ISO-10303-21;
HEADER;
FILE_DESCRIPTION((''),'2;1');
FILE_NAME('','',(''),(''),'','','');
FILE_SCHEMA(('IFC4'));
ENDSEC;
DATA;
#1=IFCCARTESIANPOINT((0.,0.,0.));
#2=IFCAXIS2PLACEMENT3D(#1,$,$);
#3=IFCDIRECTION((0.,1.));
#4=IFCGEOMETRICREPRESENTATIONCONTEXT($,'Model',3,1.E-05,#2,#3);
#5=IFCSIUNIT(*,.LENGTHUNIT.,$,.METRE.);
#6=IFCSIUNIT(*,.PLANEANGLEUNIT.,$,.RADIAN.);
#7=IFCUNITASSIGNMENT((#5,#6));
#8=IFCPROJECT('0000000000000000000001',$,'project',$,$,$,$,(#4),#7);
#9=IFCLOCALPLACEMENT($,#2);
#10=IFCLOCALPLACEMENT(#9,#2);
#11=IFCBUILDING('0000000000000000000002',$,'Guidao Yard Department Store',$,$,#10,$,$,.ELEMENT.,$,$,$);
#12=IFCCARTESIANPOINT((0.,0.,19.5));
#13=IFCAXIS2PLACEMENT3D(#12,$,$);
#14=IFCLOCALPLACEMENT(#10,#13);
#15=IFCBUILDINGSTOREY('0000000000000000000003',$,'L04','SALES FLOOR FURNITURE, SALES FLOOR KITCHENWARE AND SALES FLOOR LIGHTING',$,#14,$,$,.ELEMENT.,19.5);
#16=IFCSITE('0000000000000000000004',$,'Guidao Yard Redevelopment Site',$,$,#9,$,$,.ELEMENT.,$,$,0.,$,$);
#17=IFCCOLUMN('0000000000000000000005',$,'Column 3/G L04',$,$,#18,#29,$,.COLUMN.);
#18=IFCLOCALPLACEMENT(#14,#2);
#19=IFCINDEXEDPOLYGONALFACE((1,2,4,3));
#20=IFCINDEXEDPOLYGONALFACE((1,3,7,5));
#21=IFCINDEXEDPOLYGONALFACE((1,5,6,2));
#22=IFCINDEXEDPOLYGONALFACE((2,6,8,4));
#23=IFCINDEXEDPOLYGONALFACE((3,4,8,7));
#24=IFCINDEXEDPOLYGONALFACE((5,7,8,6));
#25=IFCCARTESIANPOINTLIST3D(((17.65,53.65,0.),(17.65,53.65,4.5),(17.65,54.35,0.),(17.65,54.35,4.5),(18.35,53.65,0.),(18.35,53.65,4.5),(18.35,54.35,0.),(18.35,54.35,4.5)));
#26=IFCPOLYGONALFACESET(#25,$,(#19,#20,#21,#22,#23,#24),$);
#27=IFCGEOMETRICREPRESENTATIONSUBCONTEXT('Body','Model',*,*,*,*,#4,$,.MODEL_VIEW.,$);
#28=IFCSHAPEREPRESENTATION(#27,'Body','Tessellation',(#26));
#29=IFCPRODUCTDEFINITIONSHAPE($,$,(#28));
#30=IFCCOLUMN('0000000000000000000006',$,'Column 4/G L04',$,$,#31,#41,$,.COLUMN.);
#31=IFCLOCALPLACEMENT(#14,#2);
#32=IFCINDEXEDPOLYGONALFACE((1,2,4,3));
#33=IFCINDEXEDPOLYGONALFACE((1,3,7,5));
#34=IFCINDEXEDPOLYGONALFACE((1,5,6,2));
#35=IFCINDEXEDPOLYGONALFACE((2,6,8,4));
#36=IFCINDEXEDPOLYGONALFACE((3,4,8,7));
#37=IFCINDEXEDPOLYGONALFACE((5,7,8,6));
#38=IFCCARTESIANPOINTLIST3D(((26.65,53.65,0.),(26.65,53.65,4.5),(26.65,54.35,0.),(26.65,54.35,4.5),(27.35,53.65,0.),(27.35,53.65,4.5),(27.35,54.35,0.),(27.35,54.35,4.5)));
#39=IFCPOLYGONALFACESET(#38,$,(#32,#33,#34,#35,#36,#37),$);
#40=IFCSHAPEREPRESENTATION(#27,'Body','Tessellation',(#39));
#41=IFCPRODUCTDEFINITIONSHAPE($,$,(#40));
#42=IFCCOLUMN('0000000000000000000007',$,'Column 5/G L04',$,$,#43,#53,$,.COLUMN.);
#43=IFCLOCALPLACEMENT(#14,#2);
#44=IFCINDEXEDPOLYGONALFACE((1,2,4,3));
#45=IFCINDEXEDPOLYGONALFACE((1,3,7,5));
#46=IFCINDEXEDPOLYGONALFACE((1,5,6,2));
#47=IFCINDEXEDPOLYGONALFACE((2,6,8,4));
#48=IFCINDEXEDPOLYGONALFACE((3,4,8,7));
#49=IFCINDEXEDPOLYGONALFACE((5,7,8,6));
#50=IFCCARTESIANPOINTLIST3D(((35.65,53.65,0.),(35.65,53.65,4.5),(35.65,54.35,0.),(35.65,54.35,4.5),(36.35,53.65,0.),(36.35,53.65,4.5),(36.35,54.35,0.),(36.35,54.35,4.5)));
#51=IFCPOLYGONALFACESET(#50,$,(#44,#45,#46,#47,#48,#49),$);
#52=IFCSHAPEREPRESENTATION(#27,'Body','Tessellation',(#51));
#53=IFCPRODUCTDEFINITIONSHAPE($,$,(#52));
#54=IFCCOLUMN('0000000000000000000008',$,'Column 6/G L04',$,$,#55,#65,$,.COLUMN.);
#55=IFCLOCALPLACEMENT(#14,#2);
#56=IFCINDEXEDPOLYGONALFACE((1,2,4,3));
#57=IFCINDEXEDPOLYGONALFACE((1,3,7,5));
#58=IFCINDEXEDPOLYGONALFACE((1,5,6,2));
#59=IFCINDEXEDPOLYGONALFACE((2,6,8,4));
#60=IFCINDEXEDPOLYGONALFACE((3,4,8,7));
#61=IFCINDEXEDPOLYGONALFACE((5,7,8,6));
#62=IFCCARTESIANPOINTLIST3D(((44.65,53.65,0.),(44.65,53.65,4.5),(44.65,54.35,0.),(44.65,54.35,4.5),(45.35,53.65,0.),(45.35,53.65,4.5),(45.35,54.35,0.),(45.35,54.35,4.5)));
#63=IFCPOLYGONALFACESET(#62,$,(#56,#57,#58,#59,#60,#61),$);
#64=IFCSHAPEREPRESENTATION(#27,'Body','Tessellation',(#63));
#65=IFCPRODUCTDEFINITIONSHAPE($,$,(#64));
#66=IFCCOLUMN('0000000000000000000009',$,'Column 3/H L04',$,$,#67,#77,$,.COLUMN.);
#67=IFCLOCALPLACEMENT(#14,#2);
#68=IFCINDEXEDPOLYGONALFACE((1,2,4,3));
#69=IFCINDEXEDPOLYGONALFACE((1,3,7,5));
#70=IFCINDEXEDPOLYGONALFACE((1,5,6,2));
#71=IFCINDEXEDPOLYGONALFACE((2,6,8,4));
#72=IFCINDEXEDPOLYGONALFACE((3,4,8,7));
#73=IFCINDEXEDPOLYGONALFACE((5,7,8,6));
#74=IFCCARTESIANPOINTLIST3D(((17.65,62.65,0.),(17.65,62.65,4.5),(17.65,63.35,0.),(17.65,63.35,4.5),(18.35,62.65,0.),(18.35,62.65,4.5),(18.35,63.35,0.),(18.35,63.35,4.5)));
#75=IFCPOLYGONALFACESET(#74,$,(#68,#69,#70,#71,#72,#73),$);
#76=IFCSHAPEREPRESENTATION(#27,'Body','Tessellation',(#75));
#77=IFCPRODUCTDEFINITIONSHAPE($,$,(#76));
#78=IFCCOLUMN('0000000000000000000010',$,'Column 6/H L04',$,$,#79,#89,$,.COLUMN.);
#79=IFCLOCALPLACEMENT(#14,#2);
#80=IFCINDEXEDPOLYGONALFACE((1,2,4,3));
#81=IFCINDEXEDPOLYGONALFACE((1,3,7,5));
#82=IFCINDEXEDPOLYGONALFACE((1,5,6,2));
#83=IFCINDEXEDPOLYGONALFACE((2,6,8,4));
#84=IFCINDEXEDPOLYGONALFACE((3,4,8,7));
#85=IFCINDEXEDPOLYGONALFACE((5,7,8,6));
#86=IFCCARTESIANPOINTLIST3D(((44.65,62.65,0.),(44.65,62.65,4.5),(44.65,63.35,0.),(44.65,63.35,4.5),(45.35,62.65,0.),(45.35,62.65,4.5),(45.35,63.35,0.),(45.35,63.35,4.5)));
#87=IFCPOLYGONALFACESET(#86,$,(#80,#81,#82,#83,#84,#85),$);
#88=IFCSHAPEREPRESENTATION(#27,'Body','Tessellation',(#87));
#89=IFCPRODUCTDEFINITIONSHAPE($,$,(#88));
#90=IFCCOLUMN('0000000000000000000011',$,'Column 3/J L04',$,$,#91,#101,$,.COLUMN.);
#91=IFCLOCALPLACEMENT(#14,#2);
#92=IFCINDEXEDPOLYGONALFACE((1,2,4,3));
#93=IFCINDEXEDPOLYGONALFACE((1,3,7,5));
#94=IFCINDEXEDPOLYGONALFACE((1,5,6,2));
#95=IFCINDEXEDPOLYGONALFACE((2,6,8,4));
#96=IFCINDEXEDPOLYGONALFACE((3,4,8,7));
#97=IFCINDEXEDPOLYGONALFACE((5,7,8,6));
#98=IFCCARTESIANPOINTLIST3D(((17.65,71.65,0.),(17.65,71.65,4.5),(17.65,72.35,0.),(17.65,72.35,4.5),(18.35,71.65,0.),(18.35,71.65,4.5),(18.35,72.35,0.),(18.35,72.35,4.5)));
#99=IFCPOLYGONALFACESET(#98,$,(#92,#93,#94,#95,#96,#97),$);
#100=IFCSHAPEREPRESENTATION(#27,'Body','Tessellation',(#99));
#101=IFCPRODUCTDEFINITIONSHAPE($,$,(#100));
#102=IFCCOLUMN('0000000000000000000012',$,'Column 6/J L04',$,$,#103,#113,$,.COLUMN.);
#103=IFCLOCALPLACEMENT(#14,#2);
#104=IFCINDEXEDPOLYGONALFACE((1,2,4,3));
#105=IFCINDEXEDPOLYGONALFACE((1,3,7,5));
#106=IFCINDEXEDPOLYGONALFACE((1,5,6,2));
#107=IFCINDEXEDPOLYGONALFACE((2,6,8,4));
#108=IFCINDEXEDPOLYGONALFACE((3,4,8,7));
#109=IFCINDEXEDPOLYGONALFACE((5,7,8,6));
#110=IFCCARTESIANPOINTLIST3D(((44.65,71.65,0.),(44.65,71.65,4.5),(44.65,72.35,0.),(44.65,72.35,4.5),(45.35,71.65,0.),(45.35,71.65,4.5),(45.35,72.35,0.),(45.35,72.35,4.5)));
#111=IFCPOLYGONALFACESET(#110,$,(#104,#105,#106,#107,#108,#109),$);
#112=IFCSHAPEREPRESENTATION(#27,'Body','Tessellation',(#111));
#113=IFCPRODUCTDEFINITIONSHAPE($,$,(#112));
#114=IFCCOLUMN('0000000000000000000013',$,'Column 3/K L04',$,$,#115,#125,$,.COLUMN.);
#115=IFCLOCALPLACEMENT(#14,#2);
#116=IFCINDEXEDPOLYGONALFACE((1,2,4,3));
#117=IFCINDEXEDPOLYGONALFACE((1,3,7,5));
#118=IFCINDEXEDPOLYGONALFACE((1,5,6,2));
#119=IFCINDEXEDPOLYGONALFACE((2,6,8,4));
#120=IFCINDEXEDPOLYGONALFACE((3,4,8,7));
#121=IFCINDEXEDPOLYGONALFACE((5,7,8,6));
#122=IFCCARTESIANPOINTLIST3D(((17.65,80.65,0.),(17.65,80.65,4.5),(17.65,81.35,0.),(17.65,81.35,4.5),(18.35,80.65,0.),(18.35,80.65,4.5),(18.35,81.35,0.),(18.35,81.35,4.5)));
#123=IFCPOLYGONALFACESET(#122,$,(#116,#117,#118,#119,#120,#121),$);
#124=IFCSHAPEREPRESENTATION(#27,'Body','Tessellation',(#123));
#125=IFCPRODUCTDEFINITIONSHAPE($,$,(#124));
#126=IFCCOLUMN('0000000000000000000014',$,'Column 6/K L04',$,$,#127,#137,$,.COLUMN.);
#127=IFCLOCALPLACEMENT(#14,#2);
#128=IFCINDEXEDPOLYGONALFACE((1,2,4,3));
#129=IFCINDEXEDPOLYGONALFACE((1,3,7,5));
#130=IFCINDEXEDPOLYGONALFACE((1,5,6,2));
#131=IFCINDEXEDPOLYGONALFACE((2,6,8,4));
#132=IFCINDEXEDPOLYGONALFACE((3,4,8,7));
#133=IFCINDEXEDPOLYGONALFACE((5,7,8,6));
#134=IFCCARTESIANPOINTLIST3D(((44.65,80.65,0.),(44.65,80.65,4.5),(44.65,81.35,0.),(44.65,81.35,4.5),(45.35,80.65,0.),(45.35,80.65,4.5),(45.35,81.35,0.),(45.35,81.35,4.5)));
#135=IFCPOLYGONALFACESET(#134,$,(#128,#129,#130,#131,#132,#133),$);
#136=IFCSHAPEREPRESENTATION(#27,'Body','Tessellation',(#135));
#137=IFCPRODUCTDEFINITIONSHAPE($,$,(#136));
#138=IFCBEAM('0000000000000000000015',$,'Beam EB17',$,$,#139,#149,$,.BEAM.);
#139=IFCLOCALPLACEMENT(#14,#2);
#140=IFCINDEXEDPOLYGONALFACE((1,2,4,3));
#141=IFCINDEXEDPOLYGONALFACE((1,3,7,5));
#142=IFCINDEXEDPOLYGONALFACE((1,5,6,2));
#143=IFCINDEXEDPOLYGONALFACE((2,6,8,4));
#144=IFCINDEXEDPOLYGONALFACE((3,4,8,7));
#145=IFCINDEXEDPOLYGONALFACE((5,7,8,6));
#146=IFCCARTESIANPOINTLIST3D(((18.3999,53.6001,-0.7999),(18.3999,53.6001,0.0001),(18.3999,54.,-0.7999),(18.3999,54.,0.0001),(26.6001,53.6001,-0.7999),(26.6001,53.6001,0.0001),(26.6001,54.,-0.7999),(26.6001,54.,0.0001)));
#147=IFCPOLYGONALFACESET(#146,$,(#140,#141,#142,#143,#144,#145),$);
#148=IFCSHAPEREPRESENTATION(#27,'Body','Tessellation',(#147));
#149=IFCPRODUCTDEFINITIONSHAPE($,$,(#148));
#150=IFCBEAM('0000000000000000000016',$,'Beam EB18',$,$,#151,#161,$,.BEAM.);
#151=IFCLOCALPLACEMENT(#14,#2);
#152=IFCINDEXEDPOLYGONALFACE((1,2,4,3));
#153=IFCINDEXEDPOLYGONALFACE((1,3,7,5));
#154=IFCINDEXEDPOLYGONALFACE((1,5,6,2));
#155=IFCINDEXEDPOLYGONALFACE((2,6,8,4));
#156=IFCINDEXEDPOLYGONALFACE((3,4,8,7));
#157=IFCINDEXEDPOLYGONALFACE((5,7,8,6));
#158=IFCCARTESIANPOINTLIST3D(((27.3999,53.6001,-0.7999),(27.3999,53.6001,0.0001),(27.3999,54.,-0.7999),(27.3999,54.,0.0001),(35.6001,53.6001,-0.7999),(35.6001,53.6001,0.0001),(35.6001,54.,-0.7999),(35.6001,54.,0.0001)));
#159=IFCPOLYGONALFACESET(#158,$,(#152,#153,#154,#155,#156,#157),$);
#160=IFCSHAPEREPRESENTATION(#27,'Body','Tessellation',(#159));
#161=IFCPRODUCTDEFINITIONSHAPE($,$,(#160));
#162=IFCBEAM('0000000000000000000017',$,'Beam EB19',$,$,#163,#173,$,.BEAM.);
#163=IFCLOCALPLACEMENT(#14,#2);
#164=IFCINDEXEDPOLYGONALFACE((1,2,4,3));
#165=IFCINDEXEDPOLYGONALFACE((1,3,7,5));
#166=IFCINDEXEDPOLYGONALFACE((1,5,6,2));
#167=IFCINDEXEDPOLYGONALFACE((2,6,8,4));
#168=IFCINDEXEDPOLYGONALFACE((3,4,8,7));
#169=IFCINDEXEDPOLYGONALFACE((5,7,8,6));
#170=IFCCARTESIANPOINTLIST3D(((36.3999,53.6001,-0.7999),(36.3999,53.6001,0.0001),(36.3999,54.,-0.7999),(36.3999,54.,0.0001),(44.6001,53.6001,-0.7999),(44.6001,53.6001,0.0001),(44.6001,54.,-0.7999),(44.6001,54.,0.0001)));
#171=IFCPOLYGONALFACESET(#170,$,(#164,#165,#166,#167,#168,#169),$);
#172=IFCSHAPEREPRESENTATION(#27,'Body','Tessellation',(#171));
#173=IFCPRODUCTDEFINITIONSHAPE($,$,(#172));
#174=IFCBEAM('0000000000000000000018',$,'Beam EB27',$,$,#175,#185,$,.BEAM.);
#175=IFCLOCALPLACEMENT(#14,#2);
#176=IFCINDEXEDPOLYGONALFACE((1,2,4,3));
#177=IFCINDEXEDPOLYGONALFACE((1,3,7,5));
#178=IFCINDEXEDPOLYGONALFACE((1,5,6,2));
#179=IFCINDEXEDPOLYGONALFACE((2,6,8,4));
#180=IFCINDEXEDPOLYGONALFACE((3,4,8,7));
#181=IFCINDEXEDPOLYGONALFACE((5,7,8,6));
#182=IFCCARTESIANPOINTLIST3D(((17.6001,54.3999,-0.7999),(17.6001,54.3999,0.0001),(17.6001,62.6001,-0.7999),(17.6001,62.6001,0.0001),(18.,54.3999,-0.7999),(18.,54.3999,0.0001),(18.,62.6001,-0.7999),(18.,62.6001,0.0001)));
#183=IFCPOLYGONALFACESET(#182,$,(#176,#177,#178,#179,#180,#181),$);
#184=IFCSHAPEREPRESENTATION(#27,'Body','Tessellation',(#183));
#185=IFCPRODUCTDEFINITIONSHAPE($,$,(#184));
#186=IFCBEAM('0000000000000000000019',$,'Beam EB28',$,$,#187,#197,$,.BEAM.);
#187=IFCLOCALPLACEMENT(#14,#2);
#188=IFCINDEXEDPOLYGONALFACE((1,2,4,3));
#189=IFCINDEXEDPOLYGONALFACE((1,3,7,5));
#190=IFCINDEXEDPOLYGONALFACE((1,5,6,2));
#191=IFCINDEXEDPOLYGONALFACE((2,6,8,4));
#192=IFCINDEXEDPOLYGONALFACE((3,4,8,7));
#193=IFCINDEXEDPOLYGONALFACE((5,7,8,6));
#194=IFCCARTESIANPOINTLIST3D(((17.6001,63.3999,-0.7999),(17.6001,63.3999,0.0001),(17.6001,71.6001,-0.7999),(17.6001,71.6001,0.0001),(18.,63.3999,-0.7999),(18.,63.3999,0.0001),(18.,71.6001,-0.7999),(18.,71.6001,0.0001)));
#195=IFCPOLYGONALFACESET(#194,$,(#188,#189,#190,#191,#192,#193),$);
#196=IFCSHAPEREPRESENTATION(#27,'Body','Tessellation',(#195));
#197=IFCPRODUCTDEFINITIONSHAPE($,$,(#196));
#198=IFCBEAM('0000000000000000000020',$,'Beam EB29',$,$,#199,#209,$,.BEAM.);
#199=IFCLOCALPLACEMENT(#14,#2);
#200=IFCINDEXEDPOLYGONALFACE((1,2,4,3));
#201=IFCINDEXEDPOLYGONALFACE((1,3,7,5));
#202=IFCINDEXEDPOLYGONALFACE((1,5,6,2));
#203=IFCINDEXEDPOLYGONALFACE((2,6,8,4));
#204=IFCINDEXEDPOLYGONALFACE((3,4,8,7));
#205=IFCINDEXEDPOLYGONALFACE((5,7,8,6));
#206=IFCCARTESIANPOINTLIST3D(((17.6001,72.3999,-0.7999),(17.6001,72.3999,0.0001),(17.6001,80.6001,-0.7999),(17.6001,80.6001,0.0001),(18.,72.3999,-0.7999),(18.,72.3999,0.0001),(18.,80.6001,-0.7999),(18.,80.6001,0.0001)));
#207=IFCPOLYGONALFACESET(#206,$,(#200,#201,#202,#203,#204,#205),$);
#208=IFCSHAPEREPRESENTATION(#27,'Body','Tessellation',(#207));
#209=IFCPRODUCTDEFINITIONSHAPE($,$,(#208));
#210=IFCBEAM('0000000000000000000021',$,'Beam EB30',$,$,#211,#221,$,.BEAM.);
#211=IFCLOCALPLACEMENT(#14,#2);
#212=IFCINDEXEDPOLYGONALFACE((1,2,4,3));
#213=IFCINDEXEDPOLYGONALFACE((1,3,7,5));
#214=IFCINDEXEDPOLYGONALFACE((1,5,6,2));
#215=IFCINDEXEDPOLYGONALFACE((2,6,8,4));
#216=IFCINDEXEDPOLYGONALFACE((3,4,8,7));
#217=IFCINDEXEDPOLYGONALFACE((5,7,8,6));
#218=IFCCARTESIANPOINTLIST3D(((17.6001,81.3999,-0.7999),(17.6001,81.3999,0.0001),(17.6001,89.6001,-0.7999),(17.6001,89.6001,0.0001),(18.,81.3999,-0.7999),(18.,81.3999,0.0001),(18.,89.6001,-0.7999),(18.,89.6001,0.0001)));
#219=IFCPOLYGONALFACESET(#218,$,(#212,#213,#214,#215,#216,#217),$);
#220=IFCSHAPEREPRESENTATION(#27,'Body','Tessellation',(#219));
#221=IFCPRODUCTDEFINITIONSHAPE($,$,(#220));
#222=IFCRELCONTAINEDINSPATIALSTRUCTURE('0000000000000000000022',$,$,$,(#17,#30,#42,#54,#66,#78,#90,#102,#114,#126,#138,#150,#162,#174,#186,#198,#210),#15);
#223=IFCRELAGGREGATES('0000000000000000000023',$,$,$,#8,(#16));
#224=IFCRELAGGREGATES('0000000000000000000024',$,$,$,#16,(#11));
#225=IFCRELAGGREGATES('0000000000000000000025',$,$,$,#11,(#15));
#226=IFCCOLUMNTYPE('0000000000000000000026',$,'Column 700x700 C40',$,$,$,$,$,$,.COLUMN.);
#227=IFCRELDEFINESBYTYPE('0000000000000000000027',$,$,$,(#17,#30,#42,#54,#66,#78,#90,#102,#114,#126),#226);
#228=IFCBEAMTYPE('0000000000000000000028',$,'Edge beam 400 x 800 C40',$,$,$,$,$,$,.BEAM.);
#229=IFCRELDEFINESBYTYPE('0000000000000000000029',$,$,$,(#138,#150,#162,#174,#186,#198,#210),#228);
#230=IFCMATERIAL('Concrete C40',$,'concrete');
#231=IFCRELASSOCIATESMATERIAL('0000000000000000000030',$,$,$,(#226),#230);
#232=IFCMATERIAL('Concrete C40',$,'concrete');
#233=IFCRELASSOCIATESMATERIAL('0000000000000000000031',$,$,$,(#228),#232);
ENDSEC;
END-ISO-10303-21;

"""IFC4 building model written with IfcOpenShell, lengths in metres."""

from ifc_helpers import new_model, si_unit, direction, frame, origin, origin_2d, place, context, subcontext, project, spatial, rectangle, extrude, material, material_profile, profile_set, type_object, element, save


model = new_model("IFC4")

# Units and contexts
model_context = context("Model", 3, precision=1e-05, world=origin(), true_north=direction((0.0, 1.0)))
body_context = subcontext(model_context, "Body", "Model", "MODEL_VIEW")
ifc_project = project(units=[si_unit("LENGTHUNIT", "METRE"), si_unit("PLANEANGLEUNIT", "RADIAN")], contexts=[model_context])

# Site, building, storey
site_placement = place(None, origin())
site = spatial("IfcSite", under=ifc_project, at=site_placement, Name="Guidao Yard Redevelopment Site", CompositionType="ELEMENT", RefElevation=0.0)
building_placement = place(site_placement, origin())
building = spatial("IfcBuilding", under=site, at=building_placement, Name="Guidao Yard Department Store", CompositionType="ELEMENT")
storey_placement = place(building_placement, frame((0.0, 0.0, 19.5)))
storey = spatial("IfcBuildingStorey", under=building, at=storey_placement, Name="L04", Description="SALES FLOOR FURNITURE, SALES FLOOR KITCHENWARE AND SALES FLOOR LIGHTING", CompositionType="ELEMENT", Elevation=19.5)

# Columns
ifc_material_1 = material(Name="Concrete C40", Category="concrete")
ifc_material_profile_1 = material_profile(ifc_material_1, rectangle(XDim=0.7, YDim=0.7, at=origin_2d()), Name="COL 700x700")
ifc_profile_set_1 = profile_set([ifc_material_profile_1], Name="Concrete C40")
column_type = type_object("IfcColumnType", Name="Column 700x700 C40", PredefinedType="COLUMN", material=ifc_profile_set_1)
for number, where, z_axis, x_axis, name in (
    (1, (18.0, 54.0, 0.0), (0.0, 0.0, 1.0), (1.0, 0.0, 0.0), "Column 3/G L04"),
    (2, (27.0, 54.0, 0.0), (0.0, 0.0, 1.0), (1.0, 0.0, 0.0), "Column 4/G L04"),
    (3, (36.0, 54.0, 0.0), (0.0, 0.0, 1.0), (1.0, 0.0, 0.0), "Column 5/G L04"),
    (4, (45.0, 54.0, 0.0), (0.0, 0.0, 1.0), (1.0, 0.0, 0.0), "Column 6/G L04"),
    (5, (18.0, 63.0, 0.0), (0.0, 0.0, 1.0), (1.0, 0.0, 0.0), "Column 3/H L04"),
    (6, (45.0, 63.0, 0.0), (0.0, 0.0, 1.0), (1.0, 0.0, 0.0), "Column 6/H L04"),
    (7, (18.0, 72.0, 0.0), (0.0, 0.0, 1.0), (1.0, 0.0, 0.0), "Column 3/J L04"),
    (8, (45.0, 72.0, 0.0), (0.0, 0.0, 1.0), (1.0, 0.0, 0.0), "Column 6/J L04"),
    (9, (18.0, 81.0, 0.0), (0.0, 0.0, 1.0), (1.0, 0.0, 0.0), "Column 3/K L04"),
    (10, (45.0, 81.0, 0.0), (0.0, 0.0, 1.0), (1.0, 0.0, 0.0), "Column 6/K L04"),
):
    element("IfcColumn", number, at=place(storey_placement, frame(where, z_axis=z_axis, x_axis=x_axis)), inside=storey, type_object=column_type, Name=name, PredefinedType="COLUMN", context=body_context, shape_type="SweptSolid", body=[
        extrude(rectangle(XDim=0.7, YDim=0.7, at=origin_2d()), origin(), (0.0, 0.0, 1.0), 4.5),
    ])

# Beams
ifc_material_2 = material(Name="Concrete C40", Category="concrete")
ifc_material_profile_2 = material_profile(ifc_material_2, rectangle(XDim=0.3999, YDim=0.8, at=origin_2d()), Name="Edge beam 400 x 800 C40")
ifc_profile_set_2 = profile_set([ifc_material_profile_2], Name="Concrete C40")
beam_type = type_object("IfcBeamType", Name="Edge beam 400 x 800 C40", PredefinedType="BEAM", material=ifc_profile_set_2)
for number, where, z_axis, x_axis, name in (
    (11, (18.3999, 53.8, -0.3999), (1.0, 0.0, 0.0), (0.0, 1.0, 0.0), "Beam EB17"),
    (12, (27.3999, 53.8, -0.3999), (1.0, 0.0, 0.0), (0.0, 1.0, 0.0), "Beam EB18"),
    (13, (36.3999, 53.8, -0.3999), (1.0, 0.0, 0.0), (0.0, 1.0, 0.0), "Beam EB19"),
    (14, (17.8, 54.3999, -0.3999), (0.0, 1.0, 0.0), (-1.0, 0.0, 0.0), "Beam EB27"),
    (15, (17.8, 63.3999, -0.3999), (0.0, 1.0, 0.0), (-1.0, 0.0, 0.0), "Beam EB28"),
    (16, (17.8, 72.3999, -0.3999), (0.0, 1.0, 0.0), (-1.0, 0.0, 0.0), "Beam EB29"),
    (17, (17.8, 81.3999, -0.3999), (0.0, 1.0, 0.0), (-1.0, 0.0, 0.0), "Beam EB30"),
):
    element("IfcBeam", number, at=place(storey_placement, frame(where, z_axis=z_axis, x_axis=x_axis)), inside=storey, type_object=beam_type, Name=name, PredefinedType="BEAM", context=body_context, shape_type="SweptSolid", body=[
        extrude(rectangle(XDim=0.3999, YDim=0.8, at=origin_2d()), origin(), (0.0, 0.0, 1.0), 8.2002),
    ])

save(model, "model.ifc")
